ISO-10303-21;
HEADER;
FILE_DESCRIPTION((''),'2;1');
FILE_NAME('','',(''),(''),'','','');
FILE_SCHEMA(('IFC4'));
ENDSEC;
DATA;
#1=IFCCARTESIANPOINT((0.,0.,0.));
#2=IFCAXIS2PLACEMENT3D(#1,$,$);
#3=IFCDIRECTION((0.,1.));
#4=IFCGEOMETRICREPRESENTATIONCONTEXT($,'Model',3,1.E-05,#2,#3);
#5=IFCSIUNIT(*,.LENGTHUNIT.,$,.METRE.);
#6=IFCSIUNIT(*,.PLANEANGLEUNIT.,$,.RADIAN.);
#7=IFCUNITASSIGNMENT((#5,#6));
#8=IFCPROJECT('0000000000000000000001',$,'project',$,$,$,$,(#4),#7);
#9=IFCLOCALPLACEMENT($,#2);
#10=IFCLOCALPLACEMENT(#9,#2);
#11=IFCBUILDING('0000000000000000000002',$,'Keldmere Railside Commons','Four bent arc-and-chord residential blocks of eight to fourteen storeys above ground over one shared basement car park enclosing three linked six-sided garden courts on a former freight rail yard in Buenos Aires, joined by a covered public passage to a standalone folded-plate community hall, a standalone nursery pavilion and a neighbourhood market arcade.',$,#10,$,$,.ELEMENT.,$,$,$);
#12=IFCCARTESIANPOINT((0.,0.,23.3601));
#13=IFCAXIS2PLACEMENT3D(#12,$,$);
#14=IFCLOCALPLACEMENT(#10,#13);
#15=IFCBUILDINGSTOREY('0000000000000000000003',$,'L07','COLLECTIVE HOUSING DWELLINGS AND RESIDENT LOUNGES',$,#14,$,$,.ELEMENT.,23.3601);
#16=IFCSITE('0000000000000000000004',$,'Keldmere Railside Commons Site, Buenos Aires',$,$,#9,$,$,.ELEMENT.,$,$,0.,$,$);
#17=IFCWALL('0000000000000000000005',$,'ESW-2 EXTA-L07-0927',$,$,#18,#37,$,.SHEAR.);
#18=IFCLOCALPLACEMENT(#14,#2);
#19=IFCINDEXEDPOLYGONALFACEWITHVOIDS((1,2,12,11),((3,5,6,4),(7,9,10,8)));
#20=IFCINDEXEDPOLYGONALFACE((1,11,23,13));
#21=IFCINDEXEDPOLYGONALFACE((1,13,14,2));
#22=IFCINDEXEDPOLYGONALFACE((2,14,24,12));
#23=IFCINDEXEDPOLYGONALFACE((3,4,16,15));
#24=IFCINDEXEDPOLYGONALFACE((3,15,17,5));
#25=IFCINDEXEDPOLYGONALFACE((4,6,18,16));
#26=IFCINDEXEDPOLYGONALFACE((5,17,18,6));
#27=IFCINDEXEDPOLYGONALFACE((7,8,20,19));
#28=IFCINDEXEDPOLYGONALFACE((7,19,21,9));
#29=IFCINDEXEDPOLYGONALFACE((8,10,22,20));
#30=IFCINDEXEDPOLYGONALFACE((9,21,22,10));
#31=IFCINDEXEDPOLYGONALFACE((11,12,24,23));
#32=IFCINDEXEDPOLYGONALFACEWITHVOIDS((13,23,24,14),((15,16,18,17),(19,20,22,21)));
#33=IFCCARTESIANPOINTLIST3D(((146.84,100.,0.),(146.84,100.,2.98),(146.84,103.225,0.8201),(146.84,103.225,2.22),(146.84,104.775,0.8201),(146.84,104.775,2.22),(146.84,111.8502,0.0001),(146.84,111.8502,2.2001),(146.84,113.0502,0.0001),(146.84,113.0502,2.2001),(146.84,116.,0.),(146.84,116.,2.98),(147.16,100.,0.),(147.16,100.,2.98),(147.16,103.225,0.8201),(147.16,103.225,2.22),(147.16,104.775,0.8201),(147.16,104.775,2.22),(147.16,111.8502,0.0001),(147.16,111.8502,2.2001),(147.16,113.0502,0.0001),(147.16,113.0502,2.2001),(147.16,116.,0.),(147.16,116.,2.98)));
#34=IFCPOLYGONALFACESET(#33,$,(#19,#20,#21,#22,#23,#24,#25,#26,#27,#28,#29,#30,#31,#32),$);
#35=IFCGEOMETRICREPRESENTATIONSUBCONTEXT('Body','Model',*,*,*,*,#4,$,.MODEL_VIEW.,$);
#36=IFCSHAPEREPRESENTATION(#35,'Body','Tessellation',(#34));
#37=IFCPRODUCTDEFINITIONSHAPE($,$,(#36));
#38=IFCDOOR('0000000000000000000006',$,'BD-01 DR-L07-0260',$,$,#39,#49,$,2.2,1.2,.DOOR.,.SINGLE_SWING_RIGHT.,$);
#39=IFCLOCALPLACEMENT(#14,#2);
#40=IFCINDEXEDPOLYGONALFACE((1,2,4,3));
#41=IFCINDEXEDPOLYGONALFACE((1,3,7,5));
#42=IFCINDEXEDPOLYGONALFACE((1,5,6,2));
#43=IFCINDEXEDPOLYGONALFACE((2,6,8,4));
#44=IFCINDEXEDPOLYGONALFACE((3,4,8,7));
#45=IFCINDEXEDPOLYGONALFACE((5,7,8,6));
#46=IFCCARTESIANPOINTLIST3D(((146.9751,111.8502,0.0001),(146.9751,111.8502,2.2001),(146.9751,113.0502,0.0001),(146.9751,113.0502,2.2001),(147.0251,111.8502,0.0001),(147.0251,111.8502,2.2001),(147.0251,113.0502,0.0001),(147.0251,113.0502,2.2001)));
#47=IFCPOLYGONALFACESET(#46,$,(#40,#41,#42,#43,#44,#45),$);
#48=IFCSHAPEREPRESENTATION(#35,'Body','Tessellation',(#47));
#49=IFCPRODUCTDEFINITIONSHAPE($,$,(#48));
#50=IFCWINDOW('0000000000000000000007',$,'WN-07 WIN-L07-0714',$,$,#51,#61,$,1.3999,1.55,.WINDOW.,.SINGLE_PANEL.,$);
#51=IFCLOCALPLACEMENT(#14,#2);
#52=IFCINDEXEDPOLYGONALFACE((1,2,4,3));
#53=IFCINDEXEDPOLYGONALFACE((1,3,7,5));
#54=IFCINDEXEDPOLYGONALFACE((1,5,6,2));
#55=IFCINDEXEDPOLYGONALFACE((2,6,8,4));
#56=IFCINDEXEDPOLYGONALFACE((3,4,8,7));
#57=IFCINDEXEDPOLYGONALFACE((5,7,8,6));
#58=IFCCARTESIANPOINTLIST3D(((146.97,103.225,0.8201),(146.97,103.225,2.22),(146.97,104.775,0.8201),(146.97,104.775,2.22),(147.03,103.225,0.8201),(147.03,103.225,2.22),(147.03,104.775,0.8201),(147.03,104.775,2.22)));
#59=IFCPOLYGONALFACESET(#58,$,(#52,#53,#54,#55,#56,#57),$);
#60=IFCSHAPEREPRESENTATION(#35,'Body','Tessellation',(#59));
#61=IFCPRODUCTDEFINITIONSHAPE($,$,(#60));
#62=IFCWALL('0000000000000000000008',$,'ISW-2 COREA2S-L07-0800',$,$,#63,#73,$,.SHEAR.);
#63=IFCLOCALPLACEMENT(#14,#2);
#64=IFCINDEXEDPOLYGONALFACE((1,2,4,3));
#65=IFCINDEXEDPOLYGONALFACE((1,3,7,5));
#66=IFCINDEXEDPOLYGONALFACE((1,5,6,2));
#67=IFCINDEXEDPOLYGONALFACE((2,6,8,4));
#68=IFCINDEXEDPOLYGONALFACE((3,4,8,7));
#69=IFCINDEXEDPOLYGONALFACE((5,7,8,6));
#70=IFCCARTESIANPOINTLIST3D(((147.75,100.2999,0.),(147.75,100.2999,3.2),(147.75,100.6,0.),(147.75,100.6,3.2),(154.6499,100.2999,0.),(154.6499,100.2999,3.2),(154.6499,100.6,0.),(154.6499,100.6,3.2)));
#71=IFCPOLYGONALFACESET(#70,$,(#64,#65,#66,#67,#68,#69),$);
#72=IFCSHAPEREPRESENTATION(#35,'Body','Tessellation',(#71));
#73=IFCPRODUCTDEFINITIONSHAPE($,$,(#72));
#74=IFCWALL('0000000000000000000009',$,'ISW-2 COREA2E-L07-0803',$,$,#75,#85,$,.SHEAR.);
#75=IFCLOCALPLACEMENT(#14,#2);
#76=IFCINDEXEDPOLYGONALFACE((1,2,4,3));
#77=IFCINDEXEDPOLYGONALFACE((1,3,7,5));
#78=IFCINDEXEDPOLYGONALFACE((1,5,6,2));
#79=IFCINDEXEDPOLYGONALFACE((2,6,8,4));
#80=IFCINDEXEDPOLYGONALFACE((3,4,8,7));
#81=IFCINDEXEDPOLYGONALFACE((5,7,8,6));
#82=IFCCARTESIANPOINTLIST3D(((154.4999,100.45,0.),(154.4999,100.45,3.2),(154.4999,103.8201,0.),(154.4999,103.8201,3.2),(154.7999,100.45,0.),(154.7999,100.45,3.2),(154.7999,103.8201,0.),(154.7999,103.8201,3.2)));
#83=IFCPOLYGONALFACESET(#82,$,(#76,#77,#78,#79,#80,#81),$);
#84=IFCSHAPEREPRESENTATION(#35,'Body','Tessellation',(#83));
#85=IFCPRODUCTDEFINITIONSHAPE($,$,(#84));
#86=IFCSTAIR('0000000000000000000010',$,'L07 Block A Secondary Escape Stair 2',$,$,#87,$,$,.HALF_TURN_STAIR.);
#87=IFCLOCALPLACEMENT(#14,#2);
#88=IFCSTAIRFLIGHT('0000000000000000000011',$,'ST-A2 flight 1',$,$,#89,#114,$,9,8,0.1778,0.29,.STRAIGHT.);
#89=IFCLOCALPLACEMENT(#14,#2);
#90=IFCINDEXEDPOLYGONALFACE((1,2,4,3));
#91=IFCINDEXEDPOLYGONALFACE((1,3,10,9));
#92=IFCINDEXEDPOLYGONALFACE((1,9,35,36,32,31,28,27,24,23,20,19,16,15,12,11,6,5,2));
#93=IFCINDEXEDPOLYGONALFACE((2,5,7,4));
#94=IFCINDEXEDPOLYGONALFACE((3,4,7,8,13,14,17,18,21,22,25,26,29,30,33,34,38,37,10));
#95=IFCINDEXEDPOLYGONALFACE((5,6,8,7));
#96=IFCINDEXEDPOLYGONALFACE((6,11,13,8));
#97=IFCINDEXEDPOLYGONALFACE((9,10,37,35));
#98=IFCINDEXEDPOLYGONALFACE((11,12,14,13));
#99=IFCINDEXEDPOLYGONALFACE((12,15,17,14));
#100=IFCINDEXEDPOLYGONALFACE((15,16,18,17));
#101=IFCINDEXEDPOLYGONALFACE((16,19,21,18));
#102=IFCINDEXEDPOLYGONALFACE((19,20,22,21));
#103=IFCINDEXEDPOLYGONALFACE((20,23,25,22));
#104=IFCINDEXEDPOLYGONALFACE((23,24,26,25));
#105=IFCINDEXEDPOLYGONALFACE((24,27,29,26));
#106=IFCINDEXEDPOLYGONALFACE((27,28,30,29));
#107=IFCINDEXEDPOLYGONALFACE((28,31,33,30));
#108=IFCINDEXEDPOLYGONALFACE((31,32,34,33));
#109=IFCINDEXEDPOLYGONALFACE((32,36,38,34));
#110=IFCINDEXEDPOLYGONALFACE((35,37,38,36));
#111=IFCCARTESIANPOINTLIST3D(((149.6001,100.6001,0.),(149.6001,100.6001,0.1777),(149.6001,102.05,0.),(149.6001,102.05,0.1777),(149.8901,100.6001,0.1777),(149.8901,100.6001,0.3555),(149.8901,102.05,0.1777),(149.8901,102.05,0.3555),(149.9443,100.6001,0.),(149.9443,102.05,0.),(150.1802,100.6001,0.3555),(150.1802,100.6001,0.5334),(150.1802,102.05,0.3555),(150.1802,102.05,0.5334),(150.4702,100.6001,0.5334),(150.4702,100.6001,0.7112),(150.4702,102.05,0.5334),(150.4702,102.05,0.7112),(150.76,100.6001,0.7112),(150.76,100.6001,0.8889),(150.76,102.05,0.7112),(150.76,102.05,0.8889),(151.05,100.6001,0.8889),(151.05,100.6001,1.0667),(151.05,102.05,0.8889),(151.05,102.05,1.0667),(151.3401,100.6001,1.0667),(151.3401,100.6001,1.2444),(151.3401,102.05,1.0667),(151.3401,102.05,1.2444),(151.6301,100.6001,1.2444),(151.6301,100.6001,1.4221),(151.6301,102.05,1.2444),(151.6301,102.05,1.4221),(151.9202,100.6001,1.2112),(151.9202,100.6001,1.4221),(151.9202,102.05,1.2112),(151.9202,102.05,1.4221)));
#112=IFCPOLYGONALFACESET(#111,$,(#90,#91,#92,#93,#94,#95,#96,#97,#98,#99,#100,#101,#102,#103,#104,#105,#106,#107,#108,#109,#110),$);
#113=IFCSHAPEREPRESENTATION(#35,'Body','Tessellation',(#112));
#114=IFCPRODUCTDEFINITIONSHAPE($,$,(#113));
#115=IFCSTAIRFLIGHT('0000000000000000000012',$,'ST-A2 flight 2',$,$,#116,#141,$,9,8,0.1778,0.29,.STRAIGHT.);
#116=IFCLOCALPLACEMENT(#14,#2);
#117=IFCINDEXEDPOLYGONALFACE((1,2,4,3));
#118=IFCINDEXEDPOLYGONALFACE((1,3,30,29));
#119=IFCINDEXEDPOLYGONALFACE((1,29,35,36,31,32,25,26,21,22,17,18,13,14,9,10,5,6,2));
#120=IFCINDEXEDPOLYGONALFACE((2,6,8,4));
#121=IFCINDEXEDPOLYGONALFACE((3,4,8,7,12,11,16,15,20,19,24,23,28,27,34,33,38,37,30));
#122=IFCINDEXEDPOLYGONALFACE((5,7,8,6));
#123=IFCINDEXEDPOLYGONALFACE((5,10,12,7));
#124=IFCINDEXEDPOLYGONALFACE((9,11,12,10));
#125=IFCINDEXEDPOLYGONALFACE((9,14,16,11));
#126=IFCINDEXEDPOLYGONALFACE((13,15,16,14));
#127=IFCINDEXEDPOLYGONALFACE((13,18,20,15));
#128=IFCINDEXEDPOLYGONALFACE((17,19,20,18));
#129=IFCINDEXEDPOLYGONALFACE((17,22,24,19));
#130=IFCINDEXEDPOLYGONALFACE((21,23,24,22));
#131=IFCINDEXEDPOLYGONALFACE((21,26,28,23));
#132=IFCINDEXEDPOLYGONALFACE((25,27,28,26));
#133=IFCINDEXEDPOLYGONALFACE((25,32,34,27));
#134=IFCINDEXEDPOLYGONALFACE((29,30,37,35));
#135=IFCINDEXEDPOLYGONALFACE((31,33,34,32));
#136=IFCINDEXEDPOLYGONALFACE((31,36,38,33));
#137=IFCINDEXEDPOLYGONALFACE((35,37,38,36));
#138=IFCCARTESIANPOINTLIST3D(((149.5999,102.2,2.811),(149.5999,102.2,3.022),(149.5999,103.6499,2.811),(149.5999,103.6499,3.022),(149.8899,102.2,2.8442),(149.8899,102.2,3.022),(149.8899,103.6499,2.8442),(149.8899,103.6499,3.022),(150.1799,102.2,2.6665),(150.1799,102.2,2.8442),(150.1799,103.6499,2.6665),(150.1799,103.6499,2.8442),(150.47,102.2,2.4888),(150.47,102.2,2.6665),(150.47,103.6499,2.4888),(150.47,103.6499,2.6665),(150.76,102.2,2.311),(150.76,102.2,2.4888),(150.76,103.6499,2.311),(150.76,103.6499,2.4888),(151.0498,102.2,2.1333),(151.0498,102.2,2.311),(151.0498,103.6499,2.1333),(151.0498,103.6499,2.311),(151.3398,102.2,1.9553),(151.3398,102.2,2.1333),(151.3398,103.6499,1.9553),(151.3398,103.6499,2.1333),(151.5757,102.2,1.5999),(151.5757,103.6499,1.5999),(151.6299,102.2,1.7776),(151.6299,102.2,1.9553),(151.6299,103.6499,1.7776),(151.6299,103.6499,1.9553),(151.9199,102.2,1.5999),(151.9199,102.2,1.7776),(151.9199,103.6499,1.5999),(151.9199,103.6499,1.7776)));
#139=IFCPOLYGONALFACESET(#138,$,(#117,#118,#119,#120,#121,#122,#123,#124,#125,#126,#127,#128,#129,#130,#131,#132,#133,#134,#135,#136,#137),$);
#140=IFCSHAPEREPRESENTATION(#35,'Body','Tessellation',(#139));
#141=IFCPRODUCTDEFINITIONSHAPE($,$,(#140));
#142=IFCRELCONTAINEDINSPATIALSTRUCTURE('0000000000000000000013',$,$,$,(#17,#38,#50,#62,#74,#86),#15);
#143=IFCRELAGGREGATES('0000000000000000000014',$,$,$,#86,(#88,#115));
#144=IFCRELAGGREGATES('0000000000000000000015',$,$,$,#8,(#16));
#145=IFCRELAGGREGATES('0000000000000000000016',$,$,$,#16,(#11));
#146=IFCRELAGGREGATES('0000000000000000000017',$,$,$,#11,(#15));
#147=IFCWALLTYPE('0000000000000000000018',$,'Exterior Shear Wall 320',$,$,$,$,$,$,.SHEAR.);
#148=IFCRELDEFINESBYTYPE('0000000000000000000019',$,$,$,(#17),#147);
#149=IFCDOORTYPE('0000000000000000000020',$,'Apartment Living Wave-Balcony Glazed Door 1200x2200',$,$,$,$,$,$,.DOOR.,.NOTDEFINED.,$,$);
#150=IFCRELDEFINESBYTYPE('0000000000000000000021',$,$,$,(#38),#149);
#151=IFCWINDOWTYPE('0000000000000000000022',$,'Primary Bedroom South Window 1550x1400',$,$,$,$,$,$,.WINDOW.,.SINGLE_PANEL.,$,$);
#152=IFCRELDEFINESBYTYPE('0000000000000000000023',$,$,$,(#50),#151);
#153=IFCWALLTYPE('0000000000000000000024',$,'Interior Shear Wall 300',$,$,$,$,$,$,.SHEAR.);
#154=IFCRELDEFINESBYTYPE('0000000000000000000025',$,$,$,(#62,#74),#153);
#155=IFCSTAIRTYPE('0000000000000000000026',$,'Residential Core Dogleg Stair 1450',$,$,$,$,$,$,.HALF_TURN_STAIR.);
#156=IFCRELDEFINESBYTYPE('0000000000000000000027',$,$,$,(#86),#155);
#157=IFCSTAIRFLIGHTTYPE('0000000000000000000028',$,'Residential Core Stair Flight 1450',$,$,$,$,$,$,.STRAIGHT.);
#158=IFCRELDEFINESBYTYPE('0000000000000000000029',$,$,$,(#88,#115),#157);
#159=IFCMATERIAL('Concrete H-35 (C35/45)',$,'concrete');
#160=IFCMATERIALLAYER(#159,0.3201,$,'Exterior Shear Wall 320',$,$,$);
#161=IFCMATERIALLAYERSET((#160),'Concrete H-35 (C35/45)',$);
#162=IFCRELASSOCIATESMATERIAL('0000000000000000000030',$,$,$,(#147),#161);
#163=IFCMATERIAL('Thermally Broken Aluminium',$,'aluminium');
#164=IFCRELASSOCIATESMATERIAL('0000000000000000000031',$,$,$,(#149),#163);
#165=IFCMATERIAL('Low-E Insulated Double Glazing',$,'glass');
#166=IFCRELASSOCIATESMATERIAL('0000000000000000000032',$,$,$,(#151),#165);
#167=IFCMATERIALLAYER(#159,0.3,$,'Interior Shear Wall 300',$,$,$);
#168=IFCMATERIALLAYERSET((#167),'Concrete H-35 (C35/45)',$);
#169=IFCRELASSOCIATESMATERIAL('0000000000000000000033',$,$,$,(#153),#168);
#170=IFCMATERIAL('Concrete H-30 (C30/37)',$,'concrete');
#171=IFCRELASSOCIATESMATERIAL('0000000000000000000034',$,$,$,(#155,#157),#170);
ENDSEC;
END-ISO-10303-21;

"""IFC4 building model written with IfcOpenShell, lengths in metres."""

from ifc_helpers import new_model, si_unit, direction, frame, frame_2d, origin, place, context, subcontext, project, spatial, polyline, rectangle, outline, extrude, material, layer, layer_set, type_object, element, fill, aggregate, save


model = new_model("IFC4")

# Units and contexts
model_context = context("Model", 3, precision=1e-05, world=origin(), true_north=direction((0.0, 1.0)))
body_context = subcontext(model_context, "Body", "Model", "MODEL_VIEW")
ifc_project = project(units=[si_unit("LENGTHUNIT", "METRE"), si_unit("PLANEANGLEUNIT", "RADIAN")], contexts=[model_context])

# Site, building, storey
site_placement = place(None, origin())
site = spatial("IfcSite", under=ifc_project, at=site_placement, Name="Keldmere Railside Commons Site, Buenos Aires", CompositionType="ELEMENT", RefElevation=0.0)
building_placement = place(site_placement, origin())
building = spatial("IfcBuilding", under=site, at=building_placement, Name="Keldmere Railside Commons", Description="Four bent arc-and-chord residential blocks of eight to fourteen storeys above ground over one shared basement car park enclosing three linked six-sided garden courts on a former freight rail yard in Buenos Aires, joined by a covered public passage to a standalone folded-plate community hall, a standalone nursery pavilion and a neighbourhood market arcade.", CompositionType="ELEMENT")
storey_placement = place(building_placement, frame((0.0, 0.0, 23.3601)))
storey = spatial("IfcBuildingStorey", under=building, at=storey_placement, Name="L07", Description="COLLECTIVE HOUSING DWELLINGS AND RESIDENT LOUNGES", CompositionType="ELEMENT", Elevation=23.3601)

# Wall, openings, door, window
ifc_material_1 = material(Name="Concrete H-35 (C35/45)", Category="concrete")
ifc_layer_1 = layer(ifc_material_1, 0.3201, Name="Exterior Shear Wall 320")
ifc_layer_set_1 = layer_set([ifc_layer_1], Name="Concrete H-35 (C35/45)")
wall_type_1 = type_object("IfcWallType", Name="Exterior Shear Wall 320", PredefinedType="SHEAR", material=ifc_layer_set_1)
wall_1_placement = place(storey_placement, frame((147.0, 100.0, 0.0), z_axis=(0.0, 0.0, 1.0), x_axis=(0.0, 1.0, 0.0)))
wall_1 = element("IfcWall", 1, at=wall_1_placement, inside=storey, type_object=wall_type_1, Name="ESW-2 EXTA-L07-0927", PredefinedType="SHEAR", context=body_context, shape_type="SweptSolid", body=[
    extrude(rectangle(XDim=16.0, YDim=0.3201, at=frame_2d((8.0, 0.0))), origin(), (0.0, 0.0, 1.0), 2.98),
])
opening_1_placement = place(wall_1_placement, frame((3.2251, 0.0, 0.8201)))
opening_1 = element("IfcOpeningElement", 2, at=opening_1_placement, cuts=wall_1, PredefinedType="OPENING", context=body_context, shape_type="SweptSolid", body=[
    extrude(rectangle(XDim=1.55, YDim=1.3999, at=frame_2d((0.7749, 0.7))), frame((0.0, 0.1699, 0.0), z_axis=(0.0, -1.0, 0.0), x_axis=(1.0, 0.0, 0.0)), (0.0, 0.0, 1.0), 0.3401),
])
opening_2_placement = place(wall_1_placement, frame((11.8501, 0.0, 0.0)))
opening_2 = element("IfcOpeningElement", 3, at=opening_2_placement, cuts=wall_1, PredefinedType="OPENING", context=body_context, shape_type="SweptSolid", body=[
    extrude(rectangle(XDim=1.2, YDim=2.2, at=frame_2d((0.6001, 1.1001))), frame((0.0, 0.1699, 0.0), z_axis=(0.0, -1.0, 0.0), x_axis=(1.0, 0.0, 0.0)), (0.0, 0.0, 1.0), 0.3401),
])
ifc_material_2 = material(Name="Thermally Broken Aluminium", Category="aluminium")
door_type = type_object("IfcDoorType", Name="Apartment Living Wave-Balcony Glazed Door 1200x2200", OperationType="NOTDEFINED", PredefinedType="DOOR", material=ifc_material_2)
door_placement = place(opening_2_placement, origin())
door = element("IfcDoor", 4, at=door_placement, inside=storey, type_object=door_type, Name="BD-01 DR-L07-0260", OperationType="SINGLE_SWING_RIGHT", OverallHeight=2.2, OverallWidth=1.2, PredefinedType="DOOR", context=body_context, shape_type="SweptSolid", body=[
    extrude(rectangle(XDim=1.2, YDim=2.2, at=frame_2d((0.6001, 1.1001))), frame((0.0, 0.0249, 0.0), z_axis=(0.0, -1.0, 0.0), x_axis=(1.0, 0.0, 0.0)), (0.0, 0.0, 1.0), 0.05),
])
fill(opening_2, door)
ifc_material_3 = material(Name="Low-E Insulated Double Glazing", Category="glass")
window_type = type_object("IfcWindowType", Name="Primary Bedroom South Window 1550x1400", PartitioningType="SINGLE_PANEL", PredefinedType="WINDOW", material=ifc_material_3)
window_placement = place(opening_1_placement, origin())
window = element("IfcWindow", 5, at=window_placement, inside=storey, type_object=window_type, Name="WN-07 WIN-L07-0714", OverallHeight=1.3999, OverallWidth=1.55, PartitioningType="SINGLE_PANEL", PredefinedType="WINDOW", context=body_context, shape_type="SweptSolid", body=[
    extrude(rectangle(XDim=1.55, YDim=1.3999, at=frame_2d((0.7749, 0.7))), frame((0.0, 0.03, 0.0), z_axis=(0.0, -1.0, 0.0), x_axis=(1.0, 0.0, 0.0)), (0.0, 0.0, 1.0), 0.0601),
])
fill(opening_1, window)

# Walls
ifc_layer_2 = layer(ifc_material_1, 0.3, Name="Interior Shear Wall 300")
ifc_layer_set_2 = layer_set([ifc_layer_2], Name="Concrete H-35 (C35/45)")
wall_type_2 = type_object("IfcWallType", Name="Interior Shear Wall 300", PredefinedType="SHEAR", material=ifc_layer_set_2)
wall_2_placement = place(storey_placement, frame((147.75, 100.45, 0.0), z_axis=(0.0, 0.0, 1.0), x_axis=(1.0, 0.0, 0.0)))
element("IfcWall", 6, at=wall_2_placement, inside=storey, type_object=wall_type_2, Name="ISW-2 COREA2S-L07-0800", PredefinedType="SHEAR", context=body_context, shape_type="SweptSolid", body=[
    extrude(rectangle(XDim=6.8999, YDim=0.3, at=frame_2d((3.45, 0.0))), origin(), (0.0, 0.0, 1.0), 3.2),
])
wall_3_placement = place(storey_placement, frame((154.6499, 100.45, 0.0), z_axis=(0.0, 0.0, 1.0), x_axis=(0.0, 1.0, 0.0)))
element("IfcWall", 7, at=wall_3_placement, inside=storey, type_object=wall_type_2, Name="ISW-2 COREA2E-L07-0803", PredefinedType="SHEAR", context=body_context, shape_type="SweptSolid", body=[
    extrude(rectangle(XDim=3.3701, YDim=0.3, at=frame_2d((1.6851, 0.0))), origin(), (0.0, 0.0, 1.0), 3.2),
])

# Stair, stair flights
ifc_material_4 = material(Name="Concrete H-30 (C30/37)", Category="concrete")
stair_type = type_object("IfcStairType", Name="Residential Core Dogleg Stair 1450", PredefinedType="HALF_TURN_STAIR", material=ifc_material_4)
stair_placement = place(storey_placement, origin())
stair = element("IfcStair", 8, at=stair_placement, inside=storey, type_object=stair_type, Name="L07 Block A Secondary Escape Stair 2", PredefinedType="HALF_TURN_STAIR")
stair_flight_type = type_object("IfcStairFlightType", Name="Residential Core Stair Flight 1450", PredefinedType="STRAIGHT", material=ifc_material_4)
stair_flight_1_placement = place(storey_placement, frame((149.6001, 101.325, 0.0), z_axis=(0.0, 0.0, 1.0), x_axis=(1.0, 0.0, 0.0)))
stair_flight_1 = element("IfcStairFlight", 9, at=stair_flight_1_placement, type_object=stair_flight_type, Name="ST-A2 flight 1", NumberOfRisers=9, NumberOfTreads=8, PredefinedType="STRAIGHT", RiserHeight=0.1778, TreadLength=0.29, context=body_context, shape_type="SweptSolid", body=[
    extrude(outline(polyline([(0.0, 0.0), (0.0, 0.1777), (0.29, 0.1777), (0.29, 0.3555), (0.5801, 0.3555), (0.5801, 0.5334), (0.8701, 0.5334), (0.8701, 0.7112), (1.1599, 0.7112), (1.1599, 0.8889), (1.45, 0.8889), (1.45, 1.0667), (1.74, 1.0667), (1.74, 1.2444), (2.03, 1.2444), (2.03, 1.4221), (2.3201, 1.4221), (2.3201, 1.6001), (2.3201, 1.2112), (0.3442, 0.0), (0.0, 0.0)])), frame((0.0, 0.7251, 0.0), z_axis=(0.0, -1.0, 0.0), x_axis=(1.0, 0.0, 0.0)), (0.0, 0.0, 1.0), 1.45),
])
stair_flight_2_placement = place(storey_placement, frame((151.9199, 102.925, 1.5999), z_axis=(0.0, 0.0, 1.0), x_axis=(-1.0, 0.0, 0.0)))
stair_flight_2 = element("IfcStairFlight", 10, at=stair_flight_2_placement, type_object=stair_flight_type, Name="ST-A2 flight 2", NumberOfRisers=9, NumberOfTreads=8, PredefinedType="STRAIGHT", RiserHeight=0.1778, TreadLength=0.29, context=body_context, shape_type="SweptSolid", body=[
    extrude(outline(polyline([(0.0, 0.0), (0.0, 0.1777), (0.29, 0.1777), (0.29, 0.3555), (0.5801, 0.3555), (0.5801, 0.5334), (0.8701, 0.5334), (0.8701, 0.7112), (1.1599, 0.7112), (1.1599, 0.8889), (1.45, 0.8889), (1.45, 1.0667), (1.74, 1.0667), (1.74, 1.2444), (2.03, 1.2444), (2.03, 1.4221), (2.3201, 1.4221), (2.3201, 1.6001), (2.3201, 1.2112), (0.3442, 0.0), (0.0, 0.0)])), frame((0.0, 0.7251, 0.0), z_axis=(0.0, -1.0, 0.0), x_axis=(1.0, 0.0, 0.0)), (0.0, 0.0, 1.0), 1.45),
])
aggregate(stair, [stair_flight_1, stair_flight_2])

save(model, "model.ifc")
